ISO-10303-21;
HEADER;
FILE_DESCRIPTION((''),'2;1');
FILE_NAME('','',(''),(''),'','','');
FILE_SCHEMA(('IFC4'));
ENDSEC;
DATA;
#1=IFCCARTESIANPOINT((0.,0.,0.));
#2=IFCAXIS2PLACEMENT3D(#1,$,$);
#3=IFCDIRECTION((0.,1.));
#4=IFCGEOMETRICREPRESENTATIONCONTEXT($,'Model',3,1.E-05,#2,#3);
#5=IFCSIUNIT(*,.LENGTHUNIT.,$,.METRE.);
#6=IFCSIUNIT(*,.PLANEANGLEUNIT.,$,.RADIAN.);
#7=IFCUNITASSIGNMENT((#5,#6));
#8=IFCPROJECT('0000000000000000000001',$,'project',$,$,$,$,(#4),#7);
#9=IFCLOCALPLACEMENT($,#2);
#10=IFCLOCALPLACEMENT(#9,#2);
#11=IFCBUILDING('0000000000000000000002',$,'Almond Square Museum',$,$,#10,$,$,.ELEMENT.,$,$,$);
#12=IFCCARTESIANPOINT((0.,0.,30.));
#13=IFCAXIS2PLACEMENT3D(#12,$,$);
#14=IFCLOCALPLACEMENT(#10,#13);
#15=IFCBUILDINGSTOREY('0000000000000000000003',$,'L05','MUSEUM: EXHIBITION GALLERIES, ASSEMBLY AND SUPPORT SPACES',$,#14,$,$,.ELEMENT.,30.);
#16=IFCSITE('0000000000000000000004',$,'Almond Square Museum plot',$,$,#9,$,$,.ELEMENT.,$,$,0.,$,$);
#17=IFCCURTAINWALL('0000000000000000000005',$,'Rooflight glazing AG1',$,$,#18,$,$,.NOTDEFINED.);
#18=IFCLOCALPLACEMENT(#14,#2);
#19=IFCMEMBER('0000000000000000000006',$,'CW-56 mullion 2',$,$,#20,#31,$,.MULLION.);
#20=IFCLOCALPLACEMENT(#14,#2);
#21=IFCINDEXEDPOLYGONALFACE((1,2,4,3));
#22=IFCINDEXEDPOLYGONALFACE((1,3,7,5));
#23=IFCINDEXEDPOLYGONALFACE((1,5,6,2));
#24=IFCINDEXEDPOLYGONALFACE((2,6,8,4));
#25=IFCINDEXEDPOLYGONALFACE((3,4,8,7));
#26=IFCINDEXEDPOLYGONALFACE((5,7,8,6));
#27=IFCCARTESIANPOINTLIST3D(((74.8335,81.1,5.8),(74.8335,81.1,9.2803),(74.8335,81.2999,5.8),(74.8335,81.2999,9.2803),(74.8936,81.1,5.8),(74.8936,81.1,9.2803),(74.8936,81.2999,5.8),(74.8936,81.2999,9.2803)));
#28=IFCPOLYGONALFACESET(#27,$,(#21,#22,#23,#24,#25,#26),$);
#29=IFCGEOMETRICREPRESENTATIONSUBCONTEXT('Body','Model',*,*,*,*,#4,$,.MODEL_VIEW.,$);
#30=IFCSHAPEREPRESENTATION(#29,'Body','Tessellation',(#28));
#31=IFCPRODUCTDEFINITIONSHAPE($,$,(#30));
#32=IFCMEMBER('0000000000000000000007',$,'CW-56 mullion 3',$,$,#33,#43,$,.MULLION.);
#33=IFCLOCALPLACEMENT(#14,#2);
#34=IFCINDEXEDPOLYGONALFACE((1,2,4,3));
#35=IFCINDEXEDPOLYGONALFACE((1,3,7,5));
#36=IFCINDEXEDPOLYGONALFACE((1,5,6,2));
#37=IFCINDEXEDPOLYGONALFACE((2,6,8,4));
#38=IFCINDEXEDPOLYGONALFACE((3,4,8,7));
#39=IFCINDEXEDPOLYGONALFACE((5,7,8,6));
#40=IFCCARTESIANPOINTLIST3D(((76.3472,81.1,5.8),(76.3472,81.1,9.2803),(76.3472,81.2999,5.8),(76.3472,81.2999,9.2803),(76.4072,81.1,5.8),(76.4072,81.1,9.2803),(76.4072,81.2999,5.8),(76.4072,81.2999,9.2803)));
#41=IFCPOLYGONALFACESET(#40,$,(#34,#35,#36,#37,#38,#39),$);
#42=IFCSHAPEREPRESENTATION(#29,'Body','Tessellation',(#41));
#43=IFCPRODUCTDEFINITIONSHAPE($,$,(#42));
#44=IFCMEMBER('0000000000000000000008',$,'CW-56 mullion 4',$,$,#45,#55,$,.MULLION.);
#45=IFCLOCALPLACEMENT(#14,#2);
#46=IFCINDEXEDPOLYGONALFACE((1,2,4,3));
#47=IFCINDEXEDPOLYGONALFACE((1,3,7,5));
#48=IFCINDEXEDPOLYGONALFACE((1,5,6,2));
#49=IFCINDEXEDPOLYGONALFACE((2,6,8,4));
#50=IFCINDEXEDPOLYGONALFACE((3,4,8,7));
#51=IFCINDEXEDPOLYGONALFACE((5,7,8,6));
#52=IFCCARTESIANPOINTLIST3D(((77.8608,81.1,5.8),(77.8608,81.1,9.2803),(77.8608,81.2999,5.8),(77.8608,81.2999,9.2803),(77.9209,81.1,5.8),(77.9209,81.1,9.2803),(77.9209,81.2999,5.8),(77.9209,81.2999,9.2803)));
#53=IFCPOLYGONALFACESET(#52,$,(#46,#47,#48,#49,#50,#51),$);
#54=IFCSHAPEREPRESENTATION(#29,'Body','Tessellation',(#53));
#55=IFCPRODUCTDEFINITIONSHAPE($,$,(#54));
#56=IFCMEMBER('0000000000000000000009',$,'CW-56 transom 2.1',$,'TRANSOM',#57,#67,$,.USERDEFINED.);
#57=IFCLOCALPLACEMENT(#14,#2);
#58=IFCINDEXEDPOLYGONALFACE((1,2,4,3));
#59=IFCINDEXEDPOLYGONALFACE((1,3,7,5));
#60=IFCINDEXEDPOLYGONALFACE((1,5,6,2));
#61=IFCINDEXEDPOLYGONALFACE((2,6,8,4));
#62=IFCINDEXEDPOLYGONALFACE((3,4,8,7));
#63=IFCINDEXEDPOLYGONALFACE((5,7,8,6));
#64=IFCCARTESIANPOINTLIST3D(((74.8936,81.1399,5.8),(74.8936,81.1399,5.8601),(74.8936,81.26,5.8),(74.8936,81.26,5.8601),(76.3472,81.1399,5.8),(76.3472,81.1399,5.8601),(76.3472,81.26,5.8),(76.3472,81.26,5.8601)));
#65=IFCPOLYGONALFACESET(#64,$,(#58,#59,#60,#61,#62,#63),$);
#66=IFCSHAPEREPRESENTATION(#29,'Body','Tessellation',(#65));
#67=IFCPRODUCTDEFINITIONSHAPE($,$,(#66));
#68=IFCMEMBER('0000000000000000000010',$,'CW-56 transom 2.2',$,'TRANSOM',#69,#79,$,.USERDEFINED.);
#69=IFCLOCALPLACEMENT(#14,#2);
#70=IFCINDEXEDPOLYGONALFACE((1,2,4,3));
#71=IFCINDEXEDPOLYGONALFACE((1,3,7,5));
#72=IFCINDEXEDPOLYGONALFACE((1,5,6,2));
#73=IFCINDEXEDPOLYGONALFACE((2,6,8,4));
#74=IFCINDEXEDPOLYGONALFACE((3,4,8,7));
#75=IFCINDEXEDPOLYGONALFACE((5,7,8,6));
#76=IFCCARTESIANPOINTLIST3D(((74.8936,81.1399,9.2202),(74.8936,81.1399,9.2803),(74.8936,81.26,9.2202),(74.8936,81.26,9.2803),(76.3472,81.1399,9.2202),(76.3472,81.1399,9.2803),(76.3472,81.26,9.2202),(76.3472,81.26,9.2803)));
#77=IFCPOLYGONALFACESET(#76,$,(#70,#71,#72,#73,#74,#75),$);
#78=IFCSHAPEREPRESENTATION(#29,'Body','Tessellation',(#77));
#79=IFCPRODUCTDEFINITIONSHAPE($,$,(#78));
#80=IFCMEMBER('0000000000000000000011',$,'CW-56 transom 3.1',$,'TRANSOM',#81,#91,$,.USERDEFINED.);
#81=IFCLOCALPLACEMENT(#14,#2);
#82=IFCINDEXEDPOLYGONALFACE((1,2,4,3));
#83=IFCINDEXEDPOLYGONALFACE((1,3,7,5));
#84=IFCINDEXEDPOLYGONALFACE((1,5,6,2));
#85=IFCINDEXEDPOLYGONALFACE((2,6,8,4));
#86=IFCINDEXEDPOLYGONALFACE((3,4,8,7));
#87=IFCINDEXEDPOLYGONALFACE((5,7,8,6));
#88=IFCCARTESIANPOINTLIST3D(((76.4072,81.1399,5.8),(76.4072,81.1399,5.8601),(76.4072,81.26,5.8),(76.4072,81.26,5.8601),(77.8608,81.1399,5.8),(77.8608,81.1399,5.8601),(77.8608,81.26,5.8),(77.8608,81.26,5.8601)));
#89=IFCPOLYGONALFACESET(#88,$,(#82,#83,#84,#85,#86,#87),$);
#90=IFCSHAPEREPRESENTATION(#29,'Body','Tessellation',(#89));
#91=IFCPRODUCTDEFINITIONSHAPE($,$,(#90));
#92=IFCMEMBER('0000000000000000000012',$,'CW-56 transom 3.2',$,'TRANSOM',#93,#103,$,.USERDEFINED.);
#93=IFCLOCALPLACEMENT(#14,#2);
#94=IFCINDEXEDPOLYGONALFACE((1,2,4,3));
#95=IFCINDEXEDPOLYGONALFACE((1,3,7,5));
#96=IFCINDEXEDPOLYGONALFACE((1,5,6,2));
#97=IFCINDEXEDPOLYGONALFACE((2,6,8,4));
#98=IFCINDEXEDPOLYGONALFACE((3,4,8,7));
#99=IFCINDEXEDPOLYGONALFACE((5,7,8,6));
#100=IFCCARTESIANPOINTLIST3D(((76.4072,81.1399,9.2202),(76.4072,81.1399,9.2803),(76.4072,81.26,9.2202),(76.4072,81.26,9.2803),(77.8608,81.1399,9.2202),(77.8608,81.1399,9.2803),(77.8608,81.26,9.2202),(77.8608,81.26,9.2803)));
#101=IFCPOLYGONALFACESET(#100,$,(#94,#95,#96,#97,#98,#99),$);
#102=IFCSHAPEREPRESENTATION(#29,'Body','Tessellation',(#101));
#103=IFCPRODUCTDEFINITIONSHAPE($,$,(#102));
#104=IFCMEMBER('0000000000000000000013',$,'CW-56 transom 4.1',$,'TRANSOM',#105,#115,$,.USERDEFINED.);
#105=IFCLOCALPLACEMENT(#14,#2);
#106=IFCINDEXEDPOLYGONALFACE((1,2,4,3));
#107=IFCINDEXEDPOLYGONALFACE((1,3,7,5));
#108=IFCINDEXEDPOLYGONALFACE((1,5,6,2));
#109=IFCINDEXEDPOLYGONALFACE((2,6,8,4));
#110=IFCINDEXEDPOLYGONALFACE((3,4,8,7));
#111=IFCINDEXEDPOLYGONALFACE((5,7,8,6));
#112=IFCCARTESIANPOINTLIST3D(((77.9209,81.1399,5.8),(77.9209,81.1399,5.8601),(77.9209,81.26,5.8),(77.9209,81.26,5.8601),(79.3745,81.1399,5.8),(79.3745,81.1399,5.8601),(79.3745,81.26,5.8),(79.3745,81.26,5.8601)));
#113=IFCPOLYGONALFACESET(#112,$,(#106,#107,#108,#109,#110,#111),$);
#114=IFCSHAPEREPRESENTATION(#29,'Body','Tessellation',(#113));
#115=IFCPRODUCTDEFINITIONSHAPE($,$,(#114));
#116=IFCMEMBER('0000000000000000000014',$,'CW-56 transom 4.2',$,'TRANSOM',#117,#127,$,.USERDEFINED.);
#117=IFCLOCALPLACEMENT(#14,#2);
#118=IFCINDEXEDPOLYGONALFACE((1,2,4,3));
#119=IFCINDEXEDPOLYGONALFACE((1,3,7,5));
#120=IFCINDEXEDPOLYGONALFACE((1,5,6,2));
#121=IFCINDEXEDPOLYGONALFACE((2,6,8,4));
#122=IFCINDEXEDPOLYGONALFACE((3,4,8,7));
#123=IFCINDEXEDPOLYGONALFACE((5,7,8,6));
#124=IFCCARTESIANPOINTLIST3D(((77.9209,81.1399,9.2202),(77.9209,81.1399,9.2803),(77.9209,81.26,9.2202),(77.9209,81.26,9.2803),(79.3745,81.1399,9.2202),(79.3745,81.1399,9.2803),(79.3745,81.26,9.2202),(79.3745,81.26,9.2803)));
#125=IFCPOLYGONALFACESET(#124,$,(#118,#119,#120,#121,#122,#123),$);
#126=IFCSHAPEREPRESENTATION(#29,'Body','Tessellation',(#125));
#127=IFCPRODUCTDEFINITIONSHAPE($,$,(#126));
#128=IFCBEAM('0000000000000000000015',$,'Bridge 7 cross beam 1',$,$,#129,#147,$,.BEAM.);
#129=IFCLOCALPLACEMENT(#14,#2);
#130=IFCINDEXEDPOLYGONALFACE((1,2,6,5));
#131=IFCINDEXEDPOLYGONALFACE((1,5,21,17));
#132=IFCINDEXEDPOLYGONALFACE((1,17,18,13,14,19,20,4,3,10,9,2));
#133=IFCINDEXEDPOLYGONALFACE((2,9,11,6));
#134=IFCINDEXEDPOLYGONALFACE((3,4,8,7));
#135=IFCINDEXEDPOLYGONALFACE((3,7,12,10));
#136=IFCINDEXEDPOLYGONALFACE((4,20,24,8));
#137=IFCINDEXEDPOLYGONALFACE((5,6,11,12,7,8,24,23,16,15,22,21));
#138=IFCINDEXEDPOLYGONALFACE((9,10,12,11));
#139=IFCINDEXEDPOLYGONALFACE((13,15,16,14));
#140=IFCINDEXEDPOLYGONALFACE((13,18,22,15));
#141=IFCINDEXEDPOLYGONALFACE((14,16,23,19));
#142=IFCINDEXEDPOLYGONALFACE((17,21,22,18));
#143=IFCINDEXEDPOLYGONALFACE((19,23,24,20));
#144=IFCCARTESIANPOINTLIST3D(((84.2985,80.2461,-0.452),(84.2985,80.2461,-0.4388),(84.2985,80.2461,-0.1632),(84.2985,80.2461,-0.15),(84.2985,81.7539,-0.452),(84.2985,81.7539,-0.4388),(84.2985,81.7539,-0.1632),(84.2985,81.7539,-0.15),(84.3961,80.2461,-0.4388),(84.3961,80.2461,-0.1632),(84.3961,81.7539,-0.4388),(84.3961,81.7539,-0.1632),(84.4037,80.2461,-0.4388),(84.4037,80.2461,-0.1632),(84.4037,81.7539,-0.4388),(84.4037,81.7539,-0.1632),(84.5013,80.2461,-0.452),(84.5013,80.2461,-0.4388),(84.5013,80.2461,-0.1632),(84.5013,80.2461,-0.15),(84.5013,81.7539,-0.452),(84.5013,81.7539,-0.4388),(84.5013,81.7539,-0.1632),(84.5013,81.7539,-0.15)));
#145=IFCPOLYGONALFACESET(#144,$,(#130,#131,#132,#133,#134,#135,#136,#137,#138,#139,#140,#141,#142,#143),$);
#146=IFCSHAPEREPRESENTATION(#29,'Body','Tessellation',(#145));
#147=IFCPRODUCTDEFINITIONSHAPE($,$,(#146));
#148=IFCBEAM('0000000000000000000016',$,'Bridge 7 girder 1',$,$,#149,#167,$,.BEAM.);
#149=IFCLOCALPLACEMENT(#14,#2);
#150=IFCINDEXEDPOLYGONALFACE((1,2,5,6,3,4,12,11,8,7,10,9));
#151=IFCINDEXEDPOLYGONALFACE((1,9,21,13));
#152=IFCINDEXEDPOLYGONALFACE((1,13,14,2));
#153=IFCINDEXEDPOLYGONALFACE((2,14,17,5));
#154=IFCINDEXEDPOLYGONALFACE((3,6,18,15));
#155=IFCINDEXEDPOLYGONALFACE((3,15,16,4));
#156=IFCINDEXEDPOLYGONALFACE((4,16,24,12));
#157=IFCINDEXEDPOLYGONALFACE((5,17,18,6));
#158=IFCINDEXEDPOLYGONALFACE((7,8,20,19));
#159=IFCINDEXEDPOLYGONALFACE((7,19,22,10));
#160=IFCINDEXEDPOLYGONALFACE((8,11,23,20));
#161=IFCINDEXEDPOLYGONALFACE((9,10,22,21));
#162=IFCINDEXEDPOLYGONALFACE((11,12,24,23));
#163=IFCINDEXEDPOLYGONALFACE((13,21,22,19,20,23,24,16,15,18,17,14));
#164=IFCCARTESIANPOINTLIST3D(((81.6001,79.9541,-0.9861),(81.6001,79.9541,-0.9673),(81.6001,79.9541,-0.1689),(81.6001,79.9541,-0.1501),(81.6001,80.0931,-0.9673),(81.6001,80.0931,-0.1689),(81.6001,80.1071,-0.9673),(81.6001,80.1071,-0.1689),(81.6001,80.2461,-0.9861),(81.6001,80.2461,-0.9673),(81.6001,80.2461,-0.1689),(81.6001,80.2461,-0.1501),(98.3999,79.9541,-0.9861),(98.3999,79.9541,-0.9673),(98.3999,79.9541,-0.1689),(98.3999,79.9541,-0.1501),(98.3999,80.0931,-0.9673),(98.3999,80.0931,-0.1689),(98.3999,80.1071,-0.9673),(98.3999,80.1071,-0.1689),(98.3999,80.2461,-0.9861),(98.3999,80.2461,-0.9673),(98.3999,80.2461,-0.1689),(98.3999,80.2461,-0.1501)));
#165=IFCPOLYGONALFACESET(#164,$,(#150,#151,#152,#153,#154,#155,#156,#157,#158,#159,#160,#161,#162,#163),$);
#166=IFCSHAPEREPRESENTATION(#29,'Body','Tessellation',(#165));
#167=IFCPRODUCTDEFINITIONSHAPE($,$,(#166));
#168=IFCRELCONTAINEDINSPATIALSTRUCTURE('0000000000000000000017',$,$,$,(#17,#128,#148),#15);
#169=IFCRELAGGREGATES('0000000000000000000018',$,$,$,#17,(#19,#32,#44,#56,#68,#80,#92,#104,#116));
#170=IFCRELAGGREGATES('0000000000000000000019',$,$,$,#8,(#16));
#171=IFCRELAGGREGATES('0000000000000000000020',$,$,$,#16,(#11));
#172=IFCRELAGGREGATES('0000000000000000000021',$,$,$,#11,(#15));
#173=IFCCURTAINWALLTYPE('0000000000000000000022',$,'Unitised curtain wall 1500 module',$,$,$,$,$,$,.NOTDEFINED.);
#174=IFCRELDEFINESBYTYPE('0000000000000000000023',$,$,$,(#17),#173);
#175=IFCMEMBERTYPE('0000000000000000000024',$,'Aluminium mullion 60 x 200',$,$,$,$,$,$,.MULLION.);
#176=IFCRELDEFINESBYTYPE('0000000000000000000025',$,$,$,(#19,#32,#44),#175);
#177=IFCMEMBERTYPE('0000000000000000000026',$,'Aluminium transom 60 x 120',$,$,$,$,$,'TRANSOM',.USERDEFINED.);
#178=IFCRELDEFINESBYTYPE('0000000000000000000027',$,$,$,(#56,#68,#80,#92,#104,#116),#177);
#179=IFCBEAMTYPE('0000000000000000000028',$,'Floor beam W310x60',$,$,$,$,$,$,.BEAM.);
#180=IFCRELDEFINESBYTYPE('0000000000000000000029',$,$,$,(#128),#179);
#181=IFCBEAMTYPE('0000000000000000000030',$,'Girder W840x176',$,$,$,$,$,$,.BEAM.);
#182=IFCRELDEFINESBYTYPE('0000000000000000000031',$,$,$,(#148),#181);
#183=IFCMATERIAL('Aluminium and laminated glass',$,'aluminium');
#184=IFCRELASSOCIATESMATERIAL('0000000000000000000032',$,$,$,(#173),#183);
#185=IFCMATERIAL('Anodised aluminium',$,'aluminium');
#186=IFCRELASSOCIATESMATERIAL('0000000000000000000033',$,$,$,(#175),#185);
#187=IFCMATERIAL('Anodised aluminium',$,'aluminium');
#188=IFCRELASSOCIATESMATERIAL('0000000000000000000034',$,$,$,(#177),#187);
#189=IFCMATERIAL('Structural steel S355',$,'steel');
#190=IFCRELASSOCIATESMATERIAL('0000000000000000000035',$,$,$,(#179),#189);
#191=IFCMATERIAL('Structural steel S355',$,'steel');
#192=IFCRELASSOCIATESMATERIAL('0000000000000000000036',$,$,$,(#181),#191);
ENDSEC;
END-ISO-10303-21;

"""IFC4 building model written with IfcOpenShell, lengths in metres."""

from ifc_helpers import new_model, si_unit, direction, frame, origin, origin_2d, place, context, subcontext, project, spatial, rectangle, i_section, extrude, material, material_profile, profile_set, type_object, element, aggregate, save


model = new_model("IFC4")

# Units and contexts
model_context = context("Model", 3, precision=1e-05, world=origin(), true_north=direction((0.0, 1.0)))
body_context = subcontext(model_context, "Body", "Model", "MODEL_VIEW")
ifc_project = project(units=[si_unit("LENGTHUNIT", "METRE"), si_unit("PLANEANGLEUNIT", "RADIAN")], contexts=[model_context])

# Site, building, storey
site_placement = place(None, origin())
site = spatial("IfcSite", under=ifc_project, at=site_placement, Name="Almond Square Museum plot", CompositionType="ELEMENT", RefElevation=0.0)
building_placement = place(site_placement, origin())
building = spatial("IfcBuilding", under=site, at=building_placement, Name="Almond Square Museum", CompositionType="ELEMENT")
storey_placement = place(building_placement, frame((0.0, 0.0, 30.0)))
storey = spatial("IfcBuildingStorey", under=building, at=storey_placement, Name="L05", Description="MUSEUM: EXHIBITION GALLERIES, ASSEMBLY AND SUPPORT SPACES", CompositionType="ELEMENT", Elevation=30.0)

# Curtain wall, members
ifc_material_1 = material(Name="Aluminium and laminated glass", Category="aluminium")
curtain_wall_type = type_object("IfcCurtainWallType", Name="Unitised curtain wall 1500 module", PredefinedType="NOTDEFINED", material=ifc_material_1)
curtain_wall_placement = place(storey_placement, origin())
curtain_wall = element("IfcCurtainWall", 1, at=curtain_wall_placement, inside=storey, type_object=curtain_wall_type, Name="Rooflight glazing AG1", PredefinedType="NOTDEFINED")
ifc_material_2 = material(Name="Anodised aluminium", Category="aluminium")
ifc_material_profile_1 = material_profile(ifc_material_2, rectangle(XDim=0.2, YDim=0.0601, at=origin_2d()))
ifc_profile_set_1 = profile_set([ifc_material_profile_1], Name="Anodised aluminium")
member_type_1 = type_object("IfcMemberType", Name="Aluminium mullion 60 x 200", PredefinedType="MULLION", material=ifc_profile_set_1)
member_1_placement = place(storey_placement, frame((74.8635, 81.2, 5.8), z_axis=(0.0, 0.0, 1.0), x_axis=(0.0, 1.0, 0.0)))
member_1 = element("IfcMember", 2, at=member_1_placement, type_object=member_type_1, Name="CW-56 mullion 2", PredefinedType="MULLION", context=body_context, shape_type="SweptSolid", body=[
    extrude(rectangle(XDim=0.2, YDim=0.0601, at=origin_2d()), origin(), (0.0, 0.0, 1.0), 3.4802),
])
member_2_placement = place(storey_placement, frame((76.3772, 81.2, 5.8), z_axis=(0.0, 0.0, 1.0), x_axis=(0.0, 1.0, 0.0)))
member_2 = element("IfcMember", 3, at=member_2_placement, type_object=member_type_1, Name="CW-56 mullion 3", PredefinedType="MULLION", context=body_context, shape_type="SweptSolid", body=[
    extrude(rectangle(XDim=0.2, YDim=0.0601, at=origin_2d()), origin(), (0.0, 0.0, 1.0), 3.4802),
])
member_3_placement = place(storey_placement, frame((77.8909, 81.2, 5.8), z_axis=(0.0, 0.0, 1.0), x_axis=(0.0, 1.0, 0.0)))
member_3 = element("IfcMember", 4, at=member_3_placement, type_object=member_type_1, Name="CW-56 mullion 4", PredefinedType="MULLION", context=body_context, shape_type="SweptSolid", body=[
    extrude(rectangle(XDim=0.2, YDim=0.0601, at=origin_2d()), origin(), (0.0, 0.0, 1.0), 3.4802),
])
ifc_material_3 = material(Name="Anodised aluminium", Category="aluminium")
ifc_material_profile_2 = material_profile(ifc_material_3, rectangle(XDim=0.1201, YDim=0.0601, at=origin_2d()))
ifc_profile_set_2 = profile_set([ifc_material_profile_2], Name="Anodised aluminium")
member_type_2 = type_object("IfcMemberType", Name="Aluminium transom 60 x 120", ElementType="TRANSOM", PredefinedType="USERDEFINED", material=ifc_profile_set_2)
member_4_placement = place(storey_placement, frame((74.8936, 81.2, 5.8301), z_axis=(1.0, 0.0, 0.0), x_axis=(0.0, 1.0, 0.0)))
member_4 = element("IfcMember", 5, at=member_4_placement, type_object=member_type_2, Name="CW-56 transom 2.1", ObjectType="TRANSOM", PredefinedType="USERDEFINED", context=body_context, shape_type="SweptSolid", body=[
    extrude(rectangle(XDim=0.1201, YDim=0.0601, at=origin_2d()), origin(), (0.0, 0.0, 1.0), 1.4536),
])
member_5_placement = place(storey_placement, frame((74.8936, 81.2, 9.2502), z_axis=(1.0, 0.0, 0.0), x_axis=(0.0, 1.0, 0.0)))
member_5 = element("IfcMember", 6, at=member_5_placement, type_object=member_type_2, Name="CW-56 transom 2.2", ObjectType="TRANSOM", PredefinedType="USERDEFINED", context=body_context, shape_type="SweptSolid", body=[
    extrude(rectangle(XDim=0.1201, YDim=0.0601, at=origin_2d()), origin(), (0.0, 0.0, 1.0), 1.4536),
])
member_6_placement = place(storey_placement, frame((76.4072, 81.2, 5.8301), z_axis=(1.0, 0.0, 0.0), x_axis=(0.0, 1.0, 0.0)))
member_6 = element("IfcMember", 7, at=member_6_placement, type_object=member_type_2, Name="CW-56 transom 3.1", ObjectType="TRANSOM", PredefinedType="USERDEFINED", context=body_context, shape_type="SweptSolid", body=[
    extrude(rectangle(XDim=0.1201, YDim=0.0601, at=origin_2d()), origin(), (0.0, 0.0, 1.0), 1.4536),
])
member_7_placement = place(storey_placement, frame((76.4072, 81.2, 9.2502), z_axis=(1.0, 0.0, 0.0), x_axis=(0.0, 1.0, 0.0)))
member_7 = element("IfcMember", 8, at=member_7_placement, type_object=member_type_2, Name="CW-56 transom 3.2", ObjectType="TRANSOM", PredefinedType="USERDEFINED", context=body_context, shape_type="SweptSolid", body=[
    extrude(rectangle(XDim=0.1201, YDim=0.0601, at=origin_2d()), origin(), (0.0, 0.0, 1.0), 1.4536),
])
member_8_placement = place(storey_placement, frame((77.9209, 81.2, 5.8301), z_axis=(1.0, 0.0, 0.0), x_axis=(0.0, 1.0, 0.0)))
member_8 = element("IfcMember", 9, at=member_8_placement, type_object=member_type_2, Name="CW-56 transom 4.1", ObjectType="TRANSOM", PredefinedType="USERDEFINED", context=body_context, shape_type="SweptSolid", body=[
    extrude(rectangle(XDim=0.1201, YDim=0.0601, at=origin_2d()), origin(), (0.0, 0.0, 1.0), 1.4536),
])
member_9_placement = place(storey_placement, frame((77.9209, 81.2, 9.2502), z_axis=(1.0, 0.0, 0.0), x_axis=(0.0, 1.0, 0.0)))
member_9 = element("IfcMember", 10, at=member_9_placement, type_object=member_type_2, Name="CW-56 transom 4.2", ObjectType="TRANSOM", PredefinedType="USERDEFINED", context=body_context, shape_type="SweptSolid", body=[
    extrude(rectangle(XDim=0.1201, YDim=0.0601, at=origin_2d()), origin(), (0.0, 0.0, 1.0), 1.4536),
])

# Beams
ifc_material_4 = material(Name="Structural steel S355", Category="steel")
ifc_material_profile_3 = material_profile(ifc_material_4, i_section(OverallWidth=0.2029, OverallDepth=0.302, WebThickness=0.0076, FlangeThickness=0.0132, at=origin_2d()))
ifc_profile_set_3 = profile_set([ifc_material_profile_3], Name="Structural steel S355")
beam_type_1 = type_object("IfcBeamType", Name="Floor beam W310x60", PredefinedType="BEAM", material=ifc_profile_set_3)
beam_1_placement = place(storey_placement, frame((84.3999, 80.2461, -0.301), z_axis=(0.0, 1.0, 0.0), x_axis=(-1.0, 0.0, 0.0)))
element("IfcBeam", 11, at=beam_1_placement, inside=storey, type_object=beam_type_1, Name="Bridge 7 cross beam 1", PredefinedType="BEAM", context=body_context, shape_type="SweptSolid", body=[
    extrude(i_section(OverallWidth=0.2029, OverallDepth=0.302, WebThickness=0.0076, FlangeThickness=0.0132, at=origin_2d()), origin(), (0.0, 0.0, 1.0), 1.5078),
])
ifc_material_5 = material(Name="Structural steel S355", Category="steel")
ifc_material_profile_4 = material_profile(ifc_material_5, i_section(OverallWidth=0.292, OverallDepth=0.8359, WebThickness=0.0139, FlangeThickness=0.0188, at=origin_2d()))
ifc_profile_set_4 = profile_set([ifc_material_profile_4], Name="Structural steel S355")
beam_type_2 = type_object("IfcBeamType", Name="Girder W840x176", PredefinedType="BEAM", material=ifc_profile_set_4)
beam_2_placement = place(storey_placement, frame((81.6001, 80.1001, -0.5681), z_axis=(1.0, 0.0, 0.0), x_axis=(0.0, 1.0, 0.0)))
element("IfcBeam", 12, at=beam_2_placement, inside=storey, type_object=beam_type_2, Name="Bridge 7 girder 1", PredefinedType="BEAM", context=body_context, shape_type="SweptSolid", body=[
    extrude(i_section(OverallWidth=0.292, OverallDepth=0.8359, WebThickness=0.0139, FlangeThickness=0.0188, at=origin_2d()), origin(), (0.0, 0.0, 1.0), 16.7998),
])

aggregate(curtain_wall, [member_1, member_2, member_3, member_4, member_5, member_6, member_7, member_8, member_9])

save(model, "model.ifc")
